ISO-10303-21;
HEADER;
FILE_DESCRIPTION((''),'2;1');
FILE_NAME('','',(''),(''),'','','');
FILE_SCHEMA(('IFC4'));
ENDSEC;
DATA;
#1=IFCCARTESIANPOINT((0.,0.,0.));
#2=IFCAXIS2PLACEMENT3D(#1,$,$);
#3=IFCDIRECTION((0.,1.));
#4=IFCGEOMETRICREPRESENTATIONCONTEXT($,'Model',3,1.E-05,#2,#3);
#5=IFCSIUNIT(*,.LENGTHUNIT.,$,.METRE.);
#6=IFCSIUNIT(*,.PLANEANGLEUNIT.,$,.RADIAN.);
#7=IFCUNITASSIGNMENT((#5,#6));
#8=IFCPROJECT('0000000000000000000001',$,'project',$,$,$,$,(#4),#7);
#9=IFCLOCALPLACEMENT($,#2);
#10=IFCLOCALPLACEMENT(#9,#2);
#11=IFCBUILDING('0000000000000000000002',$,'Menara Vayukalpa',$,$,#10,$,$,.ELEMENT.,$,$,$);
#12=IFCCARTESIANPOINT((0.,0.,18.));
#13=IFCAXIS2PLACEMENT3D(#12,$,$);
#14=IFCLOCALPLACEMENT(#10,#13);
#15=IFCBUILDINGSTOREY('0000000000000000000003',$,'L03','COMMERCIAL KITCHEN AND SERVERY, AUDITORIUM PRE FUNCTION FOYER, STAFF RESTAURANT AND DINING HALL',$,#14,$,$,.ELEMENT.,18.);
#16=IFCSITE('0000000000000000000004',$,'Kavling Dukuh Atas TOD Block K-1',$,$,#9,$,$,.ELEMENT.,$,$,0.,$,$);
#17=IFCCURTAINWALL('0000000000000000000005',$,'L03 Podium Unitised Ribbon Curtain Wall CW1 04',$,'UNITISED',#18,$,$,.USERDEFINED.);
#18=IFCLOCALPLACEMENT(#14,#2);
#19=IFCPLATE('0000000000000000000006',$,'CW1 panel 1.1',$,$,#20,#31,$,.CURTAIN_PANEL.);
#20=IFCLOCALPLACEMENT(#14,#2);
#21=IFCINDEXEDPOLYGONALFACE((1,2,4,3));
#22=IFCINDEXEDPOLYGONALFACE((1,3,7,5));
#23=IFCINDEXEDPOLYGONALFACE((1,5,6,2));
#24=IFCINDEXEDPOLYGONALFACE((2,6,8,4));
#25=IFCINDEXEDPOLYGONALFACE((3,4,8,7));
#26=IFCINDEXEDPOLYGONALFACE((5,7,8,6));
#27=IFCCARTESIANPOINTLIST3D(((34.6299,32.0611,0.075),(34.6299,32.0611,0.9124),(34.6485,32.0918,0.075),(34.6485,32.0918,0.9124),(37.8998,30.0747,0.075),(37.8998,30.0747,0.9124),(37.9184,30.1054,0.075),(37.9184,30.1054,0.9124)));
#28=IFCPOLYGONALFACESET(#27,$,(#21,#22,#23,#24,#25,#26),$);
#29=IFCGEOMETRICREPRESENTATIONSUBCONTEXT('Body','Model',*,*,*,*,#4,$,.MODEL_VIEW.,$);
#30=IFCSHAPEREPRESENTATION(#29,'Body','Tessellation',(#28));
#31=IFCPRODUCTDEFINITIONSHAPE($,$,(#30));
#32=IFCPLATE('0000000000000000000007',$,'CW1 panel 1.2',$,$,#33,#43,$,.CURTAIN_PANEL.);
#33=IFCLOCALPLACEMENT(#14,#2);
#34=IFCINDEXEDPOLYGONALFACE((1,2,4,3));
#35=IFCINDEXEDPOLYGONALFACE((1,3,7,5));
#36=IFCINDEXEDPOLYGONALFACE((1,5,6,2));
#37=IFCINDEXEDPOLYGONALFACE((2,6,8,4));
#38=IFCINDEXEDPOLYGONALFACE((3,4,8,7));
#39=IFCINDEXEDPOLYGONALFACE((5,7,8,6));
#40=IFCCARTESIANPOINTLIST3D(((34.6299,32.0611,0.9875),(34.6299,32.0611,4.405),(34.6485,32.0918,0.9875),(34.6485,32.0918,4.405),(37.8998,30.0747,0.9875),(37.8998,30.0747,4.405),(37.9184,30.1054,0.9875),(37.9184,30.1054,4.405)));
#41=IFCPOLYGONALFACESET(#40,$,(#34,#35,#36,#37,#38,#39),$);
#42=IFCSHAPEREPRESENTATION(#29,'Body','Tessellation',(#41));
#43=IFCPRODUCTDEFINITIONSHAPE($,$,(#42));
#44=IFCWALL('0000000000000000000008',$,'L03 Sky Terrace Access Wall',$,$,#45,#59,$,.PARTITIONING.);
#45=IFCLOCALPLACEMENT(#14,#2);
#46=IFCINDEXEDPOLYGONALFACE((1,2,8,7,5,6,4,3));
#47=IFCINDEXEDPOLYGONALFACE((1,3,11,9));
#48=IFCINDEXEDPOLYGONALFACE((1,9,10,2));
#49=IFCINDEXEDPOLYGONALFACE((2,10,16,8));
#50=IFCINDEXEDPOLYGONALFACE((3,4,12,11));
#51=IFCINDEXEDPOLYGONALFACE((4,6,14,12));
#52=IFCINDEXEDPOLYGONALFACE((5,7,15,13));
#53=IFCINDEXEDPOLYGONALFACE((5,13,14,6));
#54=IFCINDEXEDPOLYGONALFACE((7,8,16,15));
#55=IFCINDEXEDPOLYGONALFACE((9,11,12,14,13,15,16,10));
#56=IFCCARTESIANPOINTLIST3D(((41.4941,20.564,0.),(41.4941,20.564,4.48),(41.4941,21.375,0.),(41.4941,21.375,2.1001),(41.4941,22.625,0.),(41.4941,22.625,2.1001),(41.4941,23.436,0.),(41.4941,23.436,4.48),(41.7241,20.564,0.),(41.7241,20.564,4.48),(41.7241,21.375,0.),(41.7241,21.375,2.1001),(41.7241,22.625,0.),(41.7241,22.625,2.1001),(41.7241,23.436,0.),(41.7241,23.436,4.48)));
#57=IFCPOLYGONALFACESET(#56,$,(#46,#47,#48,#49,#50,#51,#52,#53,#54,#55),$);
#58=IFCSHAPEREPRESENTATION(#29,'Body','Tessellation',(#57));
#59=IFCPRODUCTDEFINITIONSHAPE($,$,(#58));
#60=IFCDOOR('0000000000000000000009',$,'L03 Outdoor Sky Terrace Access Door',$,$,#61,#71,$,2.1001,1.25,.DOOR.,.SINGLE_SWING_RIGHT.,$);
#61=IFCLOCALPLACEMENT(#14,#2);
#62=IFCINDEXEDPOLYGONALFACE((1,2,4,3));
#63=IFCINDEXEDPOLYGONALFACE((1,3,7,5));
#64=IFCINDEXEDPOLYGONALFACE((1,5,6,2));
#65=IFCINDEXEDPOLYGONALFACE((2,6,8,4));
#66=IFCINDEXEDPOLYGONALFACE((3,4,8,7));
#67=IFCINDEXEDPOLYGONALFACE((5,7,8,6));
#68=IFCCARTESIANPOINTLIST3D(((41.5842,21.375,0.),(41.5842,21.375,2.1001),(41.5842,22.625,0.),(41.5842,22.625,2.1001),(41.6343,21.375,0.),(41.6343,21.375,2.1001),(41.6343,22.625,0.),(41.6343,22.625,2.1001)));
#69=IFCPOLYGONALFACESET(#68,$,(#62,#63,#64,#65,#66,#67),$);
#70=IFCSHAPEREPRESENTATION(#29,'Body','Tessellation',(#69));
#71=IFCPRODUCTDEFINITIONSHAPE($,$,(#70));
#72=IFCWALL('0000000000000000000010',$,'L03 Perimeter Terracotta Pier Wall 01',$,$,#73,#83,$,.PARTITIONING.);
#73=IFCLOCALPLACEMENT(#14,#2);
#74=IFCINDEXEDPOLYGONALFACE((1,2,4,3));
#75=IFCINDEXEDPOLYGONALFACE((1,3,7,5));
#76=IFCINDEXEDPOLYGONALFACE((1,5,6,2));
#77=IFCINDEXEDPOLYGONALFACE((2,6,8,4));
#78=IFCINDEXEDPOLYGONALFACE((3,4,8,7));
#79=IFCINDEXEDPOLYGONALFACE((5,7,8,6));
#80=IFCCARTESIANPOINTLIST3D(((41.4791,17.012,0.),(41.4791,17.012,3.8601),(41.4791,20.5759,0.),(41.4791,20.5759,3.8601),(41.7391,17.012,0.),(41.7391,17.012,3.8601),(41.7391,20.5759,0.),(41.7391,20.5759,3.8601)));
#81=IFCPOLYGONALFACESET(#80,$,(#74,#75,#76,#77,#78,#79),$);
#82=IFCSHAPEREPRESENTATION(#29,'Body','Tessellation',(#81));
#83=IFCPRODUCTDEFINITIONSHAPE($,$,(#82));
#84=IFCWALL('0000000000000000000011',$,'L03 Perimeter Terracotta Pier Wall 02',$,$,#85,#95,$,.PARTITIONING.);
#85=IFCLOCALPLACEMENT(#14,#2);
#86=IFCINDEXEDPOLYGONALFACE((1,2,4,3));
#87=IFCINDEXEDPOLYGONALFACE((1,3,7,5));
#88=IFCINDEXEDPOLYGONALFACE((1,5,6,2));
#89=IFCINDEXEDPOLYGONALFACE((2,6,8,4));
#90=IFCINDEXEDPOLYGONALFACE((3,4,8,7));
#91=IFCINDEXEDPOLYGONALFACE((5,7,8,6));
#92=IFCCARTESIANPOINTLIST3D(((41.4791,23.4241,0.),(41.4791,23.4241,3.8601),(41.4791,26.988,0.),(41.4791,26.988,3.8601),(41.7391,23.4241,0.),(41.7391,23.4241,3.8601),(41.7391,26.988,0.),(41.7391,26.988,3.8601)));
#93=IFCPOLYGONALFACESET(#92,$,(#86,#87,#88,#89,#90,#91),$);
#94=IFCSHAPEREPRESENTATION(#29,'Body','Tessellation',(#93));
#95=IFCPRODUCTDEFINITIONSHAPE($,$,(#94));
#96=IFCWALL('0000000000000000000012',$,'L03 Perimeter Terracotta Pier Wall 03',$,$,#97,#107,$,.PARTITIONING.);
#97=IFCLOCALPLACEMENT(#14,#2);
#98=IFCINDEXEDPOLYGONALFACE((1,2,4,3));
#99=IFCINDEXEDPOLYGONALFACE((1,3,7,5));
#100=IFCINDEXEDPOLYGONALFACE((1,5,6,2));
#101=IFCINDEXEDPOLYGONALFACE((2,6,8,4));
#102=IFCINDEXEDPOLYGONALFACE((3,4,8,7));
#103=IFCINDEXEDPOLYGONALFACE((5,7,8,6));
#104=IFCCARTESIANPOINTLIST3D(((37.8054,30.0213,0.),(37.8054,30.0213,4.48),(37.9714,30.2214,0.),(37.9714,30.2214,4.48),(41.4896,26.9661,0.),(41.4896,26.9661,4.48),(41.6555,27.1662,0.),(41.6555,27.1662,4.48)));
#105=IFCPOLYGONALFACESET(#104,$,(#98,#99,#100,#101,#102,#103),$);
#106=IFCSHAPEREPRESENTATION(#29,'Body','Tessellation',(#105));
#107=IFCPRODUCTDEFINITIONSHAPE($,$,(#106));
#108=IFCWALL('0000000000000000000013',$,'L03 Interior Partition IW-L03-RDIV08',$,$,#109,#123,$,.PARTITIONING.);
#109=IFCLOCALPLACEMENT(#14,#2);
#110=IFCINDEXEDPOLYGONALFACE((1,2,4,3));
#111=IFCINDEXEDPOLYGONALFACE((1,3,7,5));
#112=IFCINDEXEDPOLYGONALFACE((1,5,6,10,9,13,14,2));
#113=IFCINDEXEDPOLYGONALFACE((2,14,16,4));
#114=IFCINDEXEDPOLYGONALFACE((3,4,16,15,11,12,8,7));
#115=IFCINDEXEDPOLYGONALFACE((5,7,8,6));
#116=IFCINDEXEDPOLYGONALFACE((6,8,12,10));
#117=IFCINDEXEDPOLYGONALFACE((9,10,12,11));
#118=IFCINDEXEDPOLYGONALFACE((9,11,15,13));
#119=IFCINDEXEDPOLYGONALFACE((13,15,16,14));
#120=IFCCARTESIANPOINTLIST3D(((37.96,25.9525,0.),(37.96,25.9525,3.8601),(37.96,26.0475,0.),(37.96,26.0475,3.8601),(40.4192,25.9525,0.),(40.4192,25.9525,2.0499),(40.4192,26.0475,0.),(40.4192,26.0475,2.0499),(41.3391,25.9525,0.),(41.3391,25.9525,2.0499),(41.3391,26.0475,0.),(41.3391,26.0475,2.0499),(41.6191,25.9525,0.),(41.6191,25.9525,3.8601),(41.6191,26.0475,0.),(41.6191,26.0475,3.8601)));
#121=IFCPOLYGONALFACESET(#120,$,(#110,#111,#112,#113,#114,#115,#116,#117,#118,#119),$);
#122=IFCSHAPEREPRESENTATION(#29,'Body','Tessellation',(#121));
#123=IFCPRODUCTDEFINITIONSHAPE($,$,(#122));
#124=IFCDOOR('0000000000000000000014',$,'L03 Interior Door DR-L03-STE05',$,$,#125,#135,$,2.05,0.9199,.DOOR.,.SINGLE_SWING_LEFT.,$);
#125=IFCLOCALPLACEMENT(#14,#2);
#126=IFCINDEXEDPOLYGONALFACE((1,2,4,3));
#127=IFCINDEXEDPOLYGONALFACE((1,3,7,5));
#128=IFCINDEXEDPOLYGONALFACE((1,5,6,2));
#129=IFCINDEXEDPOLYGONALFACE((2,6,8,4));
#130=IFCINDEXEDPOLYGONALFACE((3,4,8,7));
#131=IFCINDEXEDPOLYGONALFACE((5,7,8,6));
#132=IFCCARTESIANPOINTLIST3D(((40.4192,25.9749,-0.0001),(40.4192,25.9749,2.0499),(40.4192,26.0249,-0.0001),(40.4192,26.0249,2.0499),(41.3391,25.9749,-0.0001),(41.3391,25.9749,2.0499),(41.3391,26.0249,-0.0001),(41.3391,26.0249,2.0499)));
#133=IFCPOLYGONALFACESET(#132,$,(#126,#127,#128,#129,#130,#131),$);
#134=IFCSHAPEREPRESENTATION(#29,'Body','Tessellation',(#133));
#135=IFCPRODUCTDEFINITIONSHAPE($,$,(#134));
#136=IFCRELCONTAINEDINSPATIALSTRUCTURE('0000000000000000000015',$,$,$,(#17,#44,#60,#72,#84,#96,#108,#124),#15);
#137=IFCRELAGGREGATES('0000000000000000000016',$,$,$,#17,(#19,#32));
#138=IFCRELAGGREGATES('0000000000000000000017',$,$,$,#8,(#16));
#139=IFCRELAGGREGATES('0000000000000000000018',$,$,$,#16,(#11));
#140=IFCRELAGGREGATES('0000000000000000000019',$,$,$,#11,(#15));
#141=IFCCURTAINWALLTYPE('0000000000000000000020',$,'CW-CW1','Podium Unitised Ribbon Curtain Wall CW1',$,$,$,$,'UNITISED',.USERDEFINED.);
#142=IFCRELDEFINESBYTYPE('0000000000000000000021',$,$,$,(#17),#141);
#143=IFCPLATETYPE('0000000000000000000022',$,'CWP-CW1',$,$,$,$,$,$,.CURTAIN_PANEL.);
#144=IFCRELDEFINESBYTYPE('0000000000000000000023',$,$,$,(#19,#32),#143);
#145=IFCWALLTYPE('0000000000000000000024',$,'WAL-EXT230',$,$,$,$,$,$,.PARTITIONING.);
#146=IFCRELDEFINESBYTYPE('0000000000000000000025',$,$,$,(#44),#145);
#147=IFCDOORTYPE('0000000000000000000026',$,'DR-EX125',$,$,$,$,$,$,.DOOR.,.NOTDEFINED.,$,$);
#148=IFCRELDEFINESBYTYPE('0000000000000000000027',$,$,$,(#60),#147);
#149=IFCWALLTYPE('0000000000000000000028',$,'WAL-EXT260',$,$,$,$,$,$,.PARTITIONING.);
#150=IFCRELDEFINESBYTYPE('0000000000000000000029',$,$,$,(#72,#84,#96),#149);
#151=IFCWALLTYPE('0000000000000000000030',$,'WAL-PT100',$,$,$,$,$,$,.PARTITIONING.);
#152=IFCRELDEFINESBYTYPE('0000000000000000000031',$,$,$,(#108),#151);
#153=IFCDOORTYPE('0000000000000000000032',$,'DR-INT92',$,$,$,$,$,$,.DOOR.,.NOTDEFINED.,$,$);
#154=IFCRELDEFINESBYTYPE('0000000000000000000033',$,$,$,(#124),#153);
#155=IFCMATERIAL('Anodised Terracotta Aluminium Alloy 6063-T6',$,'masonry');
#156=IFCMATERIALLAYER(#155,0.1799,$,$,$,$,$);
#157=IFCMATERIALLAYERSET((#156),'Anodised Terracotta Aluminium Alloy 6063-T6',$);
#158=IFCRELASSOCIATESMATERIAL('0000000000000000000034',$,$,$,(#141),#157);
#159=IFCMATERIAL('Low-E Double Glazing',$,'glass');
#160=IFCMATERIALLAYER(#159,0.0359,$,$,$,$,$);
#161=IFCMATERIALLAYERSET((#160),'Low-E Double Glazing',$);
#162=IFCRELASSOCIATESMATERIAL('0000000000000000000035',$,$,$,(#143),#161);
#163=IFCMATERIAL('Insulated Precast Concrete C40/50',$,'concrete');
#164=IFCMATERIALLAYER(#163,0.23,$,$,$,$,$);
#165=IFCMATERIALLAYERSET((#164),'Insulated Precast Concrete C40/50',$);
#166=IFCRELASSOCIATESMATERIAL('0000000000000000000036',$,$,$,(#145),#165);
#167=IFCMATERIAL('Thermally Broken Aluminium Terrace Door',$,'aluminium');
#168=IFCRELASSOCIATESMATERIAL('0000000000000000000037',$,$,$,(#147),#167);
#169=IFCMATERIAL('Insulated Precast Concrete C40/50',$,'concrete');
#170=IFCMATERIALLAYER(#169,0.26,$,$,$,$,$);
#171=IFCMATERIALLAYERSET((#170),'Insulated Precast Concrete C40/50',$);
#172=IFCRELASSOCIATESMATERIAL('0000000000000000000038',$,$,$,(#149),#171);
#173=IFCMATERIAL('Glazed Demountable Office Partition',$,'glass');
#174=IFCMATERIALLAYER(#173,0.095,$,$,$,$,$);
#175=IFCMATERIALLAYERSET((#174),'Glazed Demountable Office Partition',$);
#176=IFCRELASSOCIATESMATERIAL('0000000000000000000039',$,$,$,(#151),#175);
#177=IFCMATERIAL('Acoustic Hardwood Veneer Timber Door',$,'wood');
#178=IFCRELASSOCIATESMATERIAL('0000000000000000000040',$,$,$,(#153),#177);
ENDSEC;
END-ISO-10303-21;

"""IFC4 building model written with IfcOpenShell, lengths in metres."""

from ifc_helpers import new_model, si_unit, direction, frame, frame_2d, origin, origin_2d, place, context, subcontext, project, spatial, rectangle, extrude, material, layer, layer_set, type_object, element, fill, aggregate, save


model = new_model("IFC4")

# Units and contexts
model_context = context("Model", 3, precision=1e-05, world=origin(), true_north=direction((0.0, 1.0)))
body_context = subcontext(model_context, "Body", "Model", "MODEL_VIEW")
ifc_project = project(units=[si_unit("LENGTHUNIT", "METRE"), si_unit("PLANEANGLEUNIT", "RADIAN")], contexts=[model_context])

# Site, building, storey
site_placement = place(None, origin())
site = spatial("IfcSite", under=ifc_project, at=site_placement, Name="Kavling Dukuh Atas TOD Block K-1", CompositionType="ELEMENT", RefElevation=0.0)
building_placement = place(site_placement, origin())
building = spatial("IfcBuilding", under=site, at=building_placement, Name="Menara Vayukalpa", CompositionType="ELEMENT")
storey_placement = place(building_placement, frame((0.0, 0.0, 18.0)))
storey = spatial("IfcBuildingStorey", under=building, at=storey_placement, Name="L03", Description="COMMERCIAL KITCHEN AND SERVERY, AUDITORIUM PRE FUNCTION FOYER, STAFF RESTAURANT AND DINING HALL", CompositionType="ELEMENT", Elevation=18.0)

# Curtain wall, plates
ifc_material_1 = material(Name="Anodised Terracotta Aluminium Alloy 6063-T6", Category="masonry")
ifc_layer_1 = layer(ifc_material_1, 0.1799)
ifc_layer_set_1 = layer_set([ifc_layer_1], Name="Anodised Terracotta Aluminium Alloy 6063-T6")
curtain_wall_type = type_object("IfcCurtainWallType", Name="CW-CW1", Description="Podium Unitised Ribbon Curtain Wall CW1", ElementType="UNITISED", PredefinedType="USERDEFINED", material=ifc_layer_set_1)
curtain_wall_placement = place(storey_placement, origin())
curtain_wall = element("IfcCurtainWall", 1, at=curtain_wall_placement, inside=storey, type_object=curtain_wall_type, Name="L03 Podium Unitised Ribbon Curtain Wall CW1 04", ObjectType="UNITISED", PredefinedType="USERDEFINED")
ifc_material_2 = material(Name="Low-E Double Glazing", Category="glass")
ifc_layer_2 = layer(ifc_material_2, 0.0359)
ifc_layer_set_2 = layer_set([ifc_layer_2], Name="Low-E Double Glazing")
plate_type = type_object("IfcPlateType", Name="CWP-CW1", PredefinedType="CURTAIN_PANEL", material=ifc_layer_set_2)
plate_1_placement = place(storey_placement, frame((36.2742, 31.0833, 0.075), z_axis=(0.0, 0.0, 1.0), x_axis=(-0.854665, 0.51918, 0.0)))
plate_1 = element("IfcPlate", 2, at=plate_1_placement, type_object=plate_type, Name="CW1 panel 1.1", PredefinedType="CURTAIN_PANEL", context=body_context, shape_type="SweptSolid", body=[
    extrude(rectangle(XDim=3.8259, YDim=0.0359, at=origin_2d()), origin(), (0.0, 0.0, 1.0), 0.8374),
])
plate_2_placement = place(storey_placement, frame((36.2742, 31.0833, 0.9875), z_axis=(0.0, 0.0, 1.0), x_axis=(-0.854665, 0.51918, 0.0)))
plate_2 = element("IfcPlate", 3, at=plate_2_placement, type_object=plate_type, Name="CW1 panel 1.2", PredefinedType="CURTAIN_PANEL", context=body_context, shape_type="SweptSolid", body=[
    extrude(rectangle(XDim=3.8259, YDim=0.0359, at=origin_2d()), origin(), (0.0, 0.0, 1.0), 3.4175),
])
aggregate(curtain_wall, [plate_1, plate_2])

# Wall, opening, door
ifc_material_3 = material(Name="Insulated Precast Concrete C40/50", Category="concrete")
ifc_layer_3 = layer(ifc_material_3, 0.23)
ifc_layer_set_3 = layer_set([ifc_layer_3], Name="Insulated Precast Concrete C40/50")
wall_type_1 = type_object("IfcWallType", Name="WAL-EXT230", PredefinedType="PARTITIONING", material=ifc_layer_set_3)
wall_1_placement = place(storey_placement, frame((41.6091, 20.564, 0.0), z_axis=(0.0, 0.0, 1.0), x_axis=(0.0, 1.0, 0.0)))
wall_1 = element("IfcWall", 4, at=wall_1_placement, inside=storey, type_object=wall_type_1, Name="L03 Sky Terrace Access Wall", PredefinedType="PARTITIONING", context=body_context, shape_type="SweptSolid", body=[
    extrude(rectangle(XDim=2.8721, YDim=0.23, at=frame_2d((1.436, 0.0))), origin(), (0.0, 0.0, 1.0), 4.48),
])
opening_1_placement = place(wall_1_placement, frame((0.811, 0.0, 0.0)))
opening_1 = element("IfcOpeningElement", 5, at=opening_1_placement, cuts=wall_1, PredefinedType="OPENING", context=body_context, shape_type="SweptSolid", body=[
    extrude(rectangle(XDim=1.25, YDim=2.1001, at=frame_2d((0.625, 1.05))), frame((0.0, 0.125, 0.0), z_axis=(0.0, -1.0, 0.0), x_axis=(1.0, 0.0, 0.0)), (0.0, 0.0, 1.0), 0.25),
])
ifc_material_4 = material(Name="Thermally Broken Aluminium Terrace Door", Category="aluminium")
door_type_1 = type_object("IfcDoorType", Name="DR-EX125", OperationType="NOTDEFINED", PredefinedType="DOOR", material=ifc_material_4)
door_1_placement = place(opening_1_placement, origin())
door_1 = element("IfcDoor", 6, at=door_1_placement, inside=storey, type_object=door_type_1, Name="L03 Outdoor Sky Terrace Access Door", OperationType="SINGLE_SWING_RIGHT", OverallHeight=2.1001, OverallWidth=1.25, PredefinedType="DOOR", context=body_context, shape_type="SweptSolid", body=[
    extrude(rectangle(XDim=1.25, YDim=2.1001, at=frame_2d((0.625, 1.05))), frame((0.0, 0.0249, 0.0), z_axis=(0.0, -1.0, 0.0), x_axis=(1.0, 0.0, 0.0)), (0.0, 0.0, 1.0), 0.05),
])
fill(opening_1, door_1)

# Walls
ifc_material_5 = material(Name="Insulated Precast Concrete C40/50", Category="concrete")
ifc_layer_4 = layer(ifc_material_5, 0.26)
ifc_layer_set_4 = layer_set([ifc_layer_4], Name="Insulated Precast Concrete C40/50")
wall_type_2 = type_object("IfcWallType", Name="WAL-EXT260", PredefinedType="PARTITIONING", material=ifc_layer_set_4)
for number, where, z_axis, x_axis, name in (
    (7, (41.6091, 20.5759, 0.0), (0.0, 0.0, 1.0), (0.0, -1.0, 0.0), "L03 Perimeter Terracotta Pier Wall 01"),
    (8, (41.6091, 26.988, 0.0), (0.0, 0.0, 1.0), (0.0, -1.0, 0.0), "L03 Perimeter Terracotta Pier Wall 02"),
):
    element("IfcWall", number, at=place(storey_placement, frame(where, z_axis=z_axis, x_axis=x_axis)), inside=storey, type_object=wall_type_2, Name=name, PredefinedType="PARTITIONING", context=body_context, shape_type="SweptSolid", body=[
        extrude(rectangle(XDim=3.564, YDim=0.26, at=frame_2d((1.782, 0.0))), origin(), (0.0, 0.0, 1.0), 3.8601),
    ])
wall_2_placement = place(storey_placement, frame((37.8884, 30.1213, 0.0), z_axis=(0.0, 0.0, 1.0), x_axis=(0.769749, -0.638346, 0.0)))
element("IfcWall", 9, at=wall_2_placement, inside=storey, type_object=wall_type_2, Name="L03 Perimeter Terracotta Pier Wall 03", PredefinedType="PARTITIONING", context=body_context, shape_type="SweptSolid", body=[
    extrude(rectangle(XDim=4.7861, YDim=0.26, at=frame_2d((2.3931, 0.0))), origin(), (0.0, 0.0, 1.0), 4.48),
])

# Wall, opening, door
ifc_material_6 = material(Name="Glazed Demountable Office Partition", Category="glass")
ifc_layer_5 = layer(ifc_material_6, 0.095)
ifc_layer_set_5 = layer_set([ifc_layer_5], Name="Glazed Demountable Office Partition")
wall_type_3 = type_object("IfcWallType", Name="WAL-PT100", PredefinedType="PARTITIONING", material=ifc_layer_set_5)
wall_3_placement = place(storey_placement, frame((37.96, 26.0, 0.0), z_axis=(0.0, 0.0, 1.0), x_axis=(1.0, 0.0, 0.0)))
wall_3 = element("IfcWall", 10, at=wall_3_placement, inside=storey, type_object=wall_type_3, Name="L03 Interior Partition IW-L03-RDIV08", PredefinedType="PARTITIONING", context=body_context, shape_type="SweptSolid", body=[
    extrude(rectangle(XDim=3.6592, YDim=0.095, at=frame_2d((1.8296, 0.0))), origin(), (0.0, 0.0, 1.0), 3.8601),
])
opening_2_placement = place(wall_3_placement, frame((2.4592, 0.0, 0.0)))
opening_2 = element("IfcOpeningElement", 11, at=opening_2_placement, cuts=wall_3, PredefinedType="OPENING", context=body_context, shape_type="SweptSolid", body=[
    extrude(rectangle(XDim=0.9199, YDim=2.05, at=frame_2d((0.46, 1.0249))), frame((0.0, 0.0574, 0.0), z_axis=(0.0, -1.0, 0.0), x_axis=(1.0, 0.0, 0.0)), (0.0, 0.0, 1.0), 0.115),
])
ifc_material_7 = material(Name="Acoustic Hardwood Veneer Timber Door", Category="wood")
door_type_2 = type_object("IfcDoorType", Name="DR-INT92", OperationType="NOTDEFINED", PredefinedType="DOOR", material=ifc_material_7)
door_2_placement = place(opening_2_placement, origin())
door_2 = element("IfcDoor", 12, at=door_2_placement, inside=storey, type_object=door_type_2, Name="L03 Interior Door DR-L03-STE05", OperationType="SINGLE_SWING_LEFT", OverallHeight=2.05, OverallWidth=0.9199, PredefinedType="DOOR", context=body_context, shape_type="SweptSolid", body=[
    extrude(rectangle(XDim=0.9199, YDim=2.05, at=frame_2d((0.46, 1.0249))), frame((0.0, 0.0249, 0.0), z_axis=(0.0, -1.0, 0.0), x_axis=(1.0, 0.0, 0.0)), (0.0, 0.0, 1.0), 0.05),
])
fill(opening_2, door_2)

save(model, "model.ifc")
